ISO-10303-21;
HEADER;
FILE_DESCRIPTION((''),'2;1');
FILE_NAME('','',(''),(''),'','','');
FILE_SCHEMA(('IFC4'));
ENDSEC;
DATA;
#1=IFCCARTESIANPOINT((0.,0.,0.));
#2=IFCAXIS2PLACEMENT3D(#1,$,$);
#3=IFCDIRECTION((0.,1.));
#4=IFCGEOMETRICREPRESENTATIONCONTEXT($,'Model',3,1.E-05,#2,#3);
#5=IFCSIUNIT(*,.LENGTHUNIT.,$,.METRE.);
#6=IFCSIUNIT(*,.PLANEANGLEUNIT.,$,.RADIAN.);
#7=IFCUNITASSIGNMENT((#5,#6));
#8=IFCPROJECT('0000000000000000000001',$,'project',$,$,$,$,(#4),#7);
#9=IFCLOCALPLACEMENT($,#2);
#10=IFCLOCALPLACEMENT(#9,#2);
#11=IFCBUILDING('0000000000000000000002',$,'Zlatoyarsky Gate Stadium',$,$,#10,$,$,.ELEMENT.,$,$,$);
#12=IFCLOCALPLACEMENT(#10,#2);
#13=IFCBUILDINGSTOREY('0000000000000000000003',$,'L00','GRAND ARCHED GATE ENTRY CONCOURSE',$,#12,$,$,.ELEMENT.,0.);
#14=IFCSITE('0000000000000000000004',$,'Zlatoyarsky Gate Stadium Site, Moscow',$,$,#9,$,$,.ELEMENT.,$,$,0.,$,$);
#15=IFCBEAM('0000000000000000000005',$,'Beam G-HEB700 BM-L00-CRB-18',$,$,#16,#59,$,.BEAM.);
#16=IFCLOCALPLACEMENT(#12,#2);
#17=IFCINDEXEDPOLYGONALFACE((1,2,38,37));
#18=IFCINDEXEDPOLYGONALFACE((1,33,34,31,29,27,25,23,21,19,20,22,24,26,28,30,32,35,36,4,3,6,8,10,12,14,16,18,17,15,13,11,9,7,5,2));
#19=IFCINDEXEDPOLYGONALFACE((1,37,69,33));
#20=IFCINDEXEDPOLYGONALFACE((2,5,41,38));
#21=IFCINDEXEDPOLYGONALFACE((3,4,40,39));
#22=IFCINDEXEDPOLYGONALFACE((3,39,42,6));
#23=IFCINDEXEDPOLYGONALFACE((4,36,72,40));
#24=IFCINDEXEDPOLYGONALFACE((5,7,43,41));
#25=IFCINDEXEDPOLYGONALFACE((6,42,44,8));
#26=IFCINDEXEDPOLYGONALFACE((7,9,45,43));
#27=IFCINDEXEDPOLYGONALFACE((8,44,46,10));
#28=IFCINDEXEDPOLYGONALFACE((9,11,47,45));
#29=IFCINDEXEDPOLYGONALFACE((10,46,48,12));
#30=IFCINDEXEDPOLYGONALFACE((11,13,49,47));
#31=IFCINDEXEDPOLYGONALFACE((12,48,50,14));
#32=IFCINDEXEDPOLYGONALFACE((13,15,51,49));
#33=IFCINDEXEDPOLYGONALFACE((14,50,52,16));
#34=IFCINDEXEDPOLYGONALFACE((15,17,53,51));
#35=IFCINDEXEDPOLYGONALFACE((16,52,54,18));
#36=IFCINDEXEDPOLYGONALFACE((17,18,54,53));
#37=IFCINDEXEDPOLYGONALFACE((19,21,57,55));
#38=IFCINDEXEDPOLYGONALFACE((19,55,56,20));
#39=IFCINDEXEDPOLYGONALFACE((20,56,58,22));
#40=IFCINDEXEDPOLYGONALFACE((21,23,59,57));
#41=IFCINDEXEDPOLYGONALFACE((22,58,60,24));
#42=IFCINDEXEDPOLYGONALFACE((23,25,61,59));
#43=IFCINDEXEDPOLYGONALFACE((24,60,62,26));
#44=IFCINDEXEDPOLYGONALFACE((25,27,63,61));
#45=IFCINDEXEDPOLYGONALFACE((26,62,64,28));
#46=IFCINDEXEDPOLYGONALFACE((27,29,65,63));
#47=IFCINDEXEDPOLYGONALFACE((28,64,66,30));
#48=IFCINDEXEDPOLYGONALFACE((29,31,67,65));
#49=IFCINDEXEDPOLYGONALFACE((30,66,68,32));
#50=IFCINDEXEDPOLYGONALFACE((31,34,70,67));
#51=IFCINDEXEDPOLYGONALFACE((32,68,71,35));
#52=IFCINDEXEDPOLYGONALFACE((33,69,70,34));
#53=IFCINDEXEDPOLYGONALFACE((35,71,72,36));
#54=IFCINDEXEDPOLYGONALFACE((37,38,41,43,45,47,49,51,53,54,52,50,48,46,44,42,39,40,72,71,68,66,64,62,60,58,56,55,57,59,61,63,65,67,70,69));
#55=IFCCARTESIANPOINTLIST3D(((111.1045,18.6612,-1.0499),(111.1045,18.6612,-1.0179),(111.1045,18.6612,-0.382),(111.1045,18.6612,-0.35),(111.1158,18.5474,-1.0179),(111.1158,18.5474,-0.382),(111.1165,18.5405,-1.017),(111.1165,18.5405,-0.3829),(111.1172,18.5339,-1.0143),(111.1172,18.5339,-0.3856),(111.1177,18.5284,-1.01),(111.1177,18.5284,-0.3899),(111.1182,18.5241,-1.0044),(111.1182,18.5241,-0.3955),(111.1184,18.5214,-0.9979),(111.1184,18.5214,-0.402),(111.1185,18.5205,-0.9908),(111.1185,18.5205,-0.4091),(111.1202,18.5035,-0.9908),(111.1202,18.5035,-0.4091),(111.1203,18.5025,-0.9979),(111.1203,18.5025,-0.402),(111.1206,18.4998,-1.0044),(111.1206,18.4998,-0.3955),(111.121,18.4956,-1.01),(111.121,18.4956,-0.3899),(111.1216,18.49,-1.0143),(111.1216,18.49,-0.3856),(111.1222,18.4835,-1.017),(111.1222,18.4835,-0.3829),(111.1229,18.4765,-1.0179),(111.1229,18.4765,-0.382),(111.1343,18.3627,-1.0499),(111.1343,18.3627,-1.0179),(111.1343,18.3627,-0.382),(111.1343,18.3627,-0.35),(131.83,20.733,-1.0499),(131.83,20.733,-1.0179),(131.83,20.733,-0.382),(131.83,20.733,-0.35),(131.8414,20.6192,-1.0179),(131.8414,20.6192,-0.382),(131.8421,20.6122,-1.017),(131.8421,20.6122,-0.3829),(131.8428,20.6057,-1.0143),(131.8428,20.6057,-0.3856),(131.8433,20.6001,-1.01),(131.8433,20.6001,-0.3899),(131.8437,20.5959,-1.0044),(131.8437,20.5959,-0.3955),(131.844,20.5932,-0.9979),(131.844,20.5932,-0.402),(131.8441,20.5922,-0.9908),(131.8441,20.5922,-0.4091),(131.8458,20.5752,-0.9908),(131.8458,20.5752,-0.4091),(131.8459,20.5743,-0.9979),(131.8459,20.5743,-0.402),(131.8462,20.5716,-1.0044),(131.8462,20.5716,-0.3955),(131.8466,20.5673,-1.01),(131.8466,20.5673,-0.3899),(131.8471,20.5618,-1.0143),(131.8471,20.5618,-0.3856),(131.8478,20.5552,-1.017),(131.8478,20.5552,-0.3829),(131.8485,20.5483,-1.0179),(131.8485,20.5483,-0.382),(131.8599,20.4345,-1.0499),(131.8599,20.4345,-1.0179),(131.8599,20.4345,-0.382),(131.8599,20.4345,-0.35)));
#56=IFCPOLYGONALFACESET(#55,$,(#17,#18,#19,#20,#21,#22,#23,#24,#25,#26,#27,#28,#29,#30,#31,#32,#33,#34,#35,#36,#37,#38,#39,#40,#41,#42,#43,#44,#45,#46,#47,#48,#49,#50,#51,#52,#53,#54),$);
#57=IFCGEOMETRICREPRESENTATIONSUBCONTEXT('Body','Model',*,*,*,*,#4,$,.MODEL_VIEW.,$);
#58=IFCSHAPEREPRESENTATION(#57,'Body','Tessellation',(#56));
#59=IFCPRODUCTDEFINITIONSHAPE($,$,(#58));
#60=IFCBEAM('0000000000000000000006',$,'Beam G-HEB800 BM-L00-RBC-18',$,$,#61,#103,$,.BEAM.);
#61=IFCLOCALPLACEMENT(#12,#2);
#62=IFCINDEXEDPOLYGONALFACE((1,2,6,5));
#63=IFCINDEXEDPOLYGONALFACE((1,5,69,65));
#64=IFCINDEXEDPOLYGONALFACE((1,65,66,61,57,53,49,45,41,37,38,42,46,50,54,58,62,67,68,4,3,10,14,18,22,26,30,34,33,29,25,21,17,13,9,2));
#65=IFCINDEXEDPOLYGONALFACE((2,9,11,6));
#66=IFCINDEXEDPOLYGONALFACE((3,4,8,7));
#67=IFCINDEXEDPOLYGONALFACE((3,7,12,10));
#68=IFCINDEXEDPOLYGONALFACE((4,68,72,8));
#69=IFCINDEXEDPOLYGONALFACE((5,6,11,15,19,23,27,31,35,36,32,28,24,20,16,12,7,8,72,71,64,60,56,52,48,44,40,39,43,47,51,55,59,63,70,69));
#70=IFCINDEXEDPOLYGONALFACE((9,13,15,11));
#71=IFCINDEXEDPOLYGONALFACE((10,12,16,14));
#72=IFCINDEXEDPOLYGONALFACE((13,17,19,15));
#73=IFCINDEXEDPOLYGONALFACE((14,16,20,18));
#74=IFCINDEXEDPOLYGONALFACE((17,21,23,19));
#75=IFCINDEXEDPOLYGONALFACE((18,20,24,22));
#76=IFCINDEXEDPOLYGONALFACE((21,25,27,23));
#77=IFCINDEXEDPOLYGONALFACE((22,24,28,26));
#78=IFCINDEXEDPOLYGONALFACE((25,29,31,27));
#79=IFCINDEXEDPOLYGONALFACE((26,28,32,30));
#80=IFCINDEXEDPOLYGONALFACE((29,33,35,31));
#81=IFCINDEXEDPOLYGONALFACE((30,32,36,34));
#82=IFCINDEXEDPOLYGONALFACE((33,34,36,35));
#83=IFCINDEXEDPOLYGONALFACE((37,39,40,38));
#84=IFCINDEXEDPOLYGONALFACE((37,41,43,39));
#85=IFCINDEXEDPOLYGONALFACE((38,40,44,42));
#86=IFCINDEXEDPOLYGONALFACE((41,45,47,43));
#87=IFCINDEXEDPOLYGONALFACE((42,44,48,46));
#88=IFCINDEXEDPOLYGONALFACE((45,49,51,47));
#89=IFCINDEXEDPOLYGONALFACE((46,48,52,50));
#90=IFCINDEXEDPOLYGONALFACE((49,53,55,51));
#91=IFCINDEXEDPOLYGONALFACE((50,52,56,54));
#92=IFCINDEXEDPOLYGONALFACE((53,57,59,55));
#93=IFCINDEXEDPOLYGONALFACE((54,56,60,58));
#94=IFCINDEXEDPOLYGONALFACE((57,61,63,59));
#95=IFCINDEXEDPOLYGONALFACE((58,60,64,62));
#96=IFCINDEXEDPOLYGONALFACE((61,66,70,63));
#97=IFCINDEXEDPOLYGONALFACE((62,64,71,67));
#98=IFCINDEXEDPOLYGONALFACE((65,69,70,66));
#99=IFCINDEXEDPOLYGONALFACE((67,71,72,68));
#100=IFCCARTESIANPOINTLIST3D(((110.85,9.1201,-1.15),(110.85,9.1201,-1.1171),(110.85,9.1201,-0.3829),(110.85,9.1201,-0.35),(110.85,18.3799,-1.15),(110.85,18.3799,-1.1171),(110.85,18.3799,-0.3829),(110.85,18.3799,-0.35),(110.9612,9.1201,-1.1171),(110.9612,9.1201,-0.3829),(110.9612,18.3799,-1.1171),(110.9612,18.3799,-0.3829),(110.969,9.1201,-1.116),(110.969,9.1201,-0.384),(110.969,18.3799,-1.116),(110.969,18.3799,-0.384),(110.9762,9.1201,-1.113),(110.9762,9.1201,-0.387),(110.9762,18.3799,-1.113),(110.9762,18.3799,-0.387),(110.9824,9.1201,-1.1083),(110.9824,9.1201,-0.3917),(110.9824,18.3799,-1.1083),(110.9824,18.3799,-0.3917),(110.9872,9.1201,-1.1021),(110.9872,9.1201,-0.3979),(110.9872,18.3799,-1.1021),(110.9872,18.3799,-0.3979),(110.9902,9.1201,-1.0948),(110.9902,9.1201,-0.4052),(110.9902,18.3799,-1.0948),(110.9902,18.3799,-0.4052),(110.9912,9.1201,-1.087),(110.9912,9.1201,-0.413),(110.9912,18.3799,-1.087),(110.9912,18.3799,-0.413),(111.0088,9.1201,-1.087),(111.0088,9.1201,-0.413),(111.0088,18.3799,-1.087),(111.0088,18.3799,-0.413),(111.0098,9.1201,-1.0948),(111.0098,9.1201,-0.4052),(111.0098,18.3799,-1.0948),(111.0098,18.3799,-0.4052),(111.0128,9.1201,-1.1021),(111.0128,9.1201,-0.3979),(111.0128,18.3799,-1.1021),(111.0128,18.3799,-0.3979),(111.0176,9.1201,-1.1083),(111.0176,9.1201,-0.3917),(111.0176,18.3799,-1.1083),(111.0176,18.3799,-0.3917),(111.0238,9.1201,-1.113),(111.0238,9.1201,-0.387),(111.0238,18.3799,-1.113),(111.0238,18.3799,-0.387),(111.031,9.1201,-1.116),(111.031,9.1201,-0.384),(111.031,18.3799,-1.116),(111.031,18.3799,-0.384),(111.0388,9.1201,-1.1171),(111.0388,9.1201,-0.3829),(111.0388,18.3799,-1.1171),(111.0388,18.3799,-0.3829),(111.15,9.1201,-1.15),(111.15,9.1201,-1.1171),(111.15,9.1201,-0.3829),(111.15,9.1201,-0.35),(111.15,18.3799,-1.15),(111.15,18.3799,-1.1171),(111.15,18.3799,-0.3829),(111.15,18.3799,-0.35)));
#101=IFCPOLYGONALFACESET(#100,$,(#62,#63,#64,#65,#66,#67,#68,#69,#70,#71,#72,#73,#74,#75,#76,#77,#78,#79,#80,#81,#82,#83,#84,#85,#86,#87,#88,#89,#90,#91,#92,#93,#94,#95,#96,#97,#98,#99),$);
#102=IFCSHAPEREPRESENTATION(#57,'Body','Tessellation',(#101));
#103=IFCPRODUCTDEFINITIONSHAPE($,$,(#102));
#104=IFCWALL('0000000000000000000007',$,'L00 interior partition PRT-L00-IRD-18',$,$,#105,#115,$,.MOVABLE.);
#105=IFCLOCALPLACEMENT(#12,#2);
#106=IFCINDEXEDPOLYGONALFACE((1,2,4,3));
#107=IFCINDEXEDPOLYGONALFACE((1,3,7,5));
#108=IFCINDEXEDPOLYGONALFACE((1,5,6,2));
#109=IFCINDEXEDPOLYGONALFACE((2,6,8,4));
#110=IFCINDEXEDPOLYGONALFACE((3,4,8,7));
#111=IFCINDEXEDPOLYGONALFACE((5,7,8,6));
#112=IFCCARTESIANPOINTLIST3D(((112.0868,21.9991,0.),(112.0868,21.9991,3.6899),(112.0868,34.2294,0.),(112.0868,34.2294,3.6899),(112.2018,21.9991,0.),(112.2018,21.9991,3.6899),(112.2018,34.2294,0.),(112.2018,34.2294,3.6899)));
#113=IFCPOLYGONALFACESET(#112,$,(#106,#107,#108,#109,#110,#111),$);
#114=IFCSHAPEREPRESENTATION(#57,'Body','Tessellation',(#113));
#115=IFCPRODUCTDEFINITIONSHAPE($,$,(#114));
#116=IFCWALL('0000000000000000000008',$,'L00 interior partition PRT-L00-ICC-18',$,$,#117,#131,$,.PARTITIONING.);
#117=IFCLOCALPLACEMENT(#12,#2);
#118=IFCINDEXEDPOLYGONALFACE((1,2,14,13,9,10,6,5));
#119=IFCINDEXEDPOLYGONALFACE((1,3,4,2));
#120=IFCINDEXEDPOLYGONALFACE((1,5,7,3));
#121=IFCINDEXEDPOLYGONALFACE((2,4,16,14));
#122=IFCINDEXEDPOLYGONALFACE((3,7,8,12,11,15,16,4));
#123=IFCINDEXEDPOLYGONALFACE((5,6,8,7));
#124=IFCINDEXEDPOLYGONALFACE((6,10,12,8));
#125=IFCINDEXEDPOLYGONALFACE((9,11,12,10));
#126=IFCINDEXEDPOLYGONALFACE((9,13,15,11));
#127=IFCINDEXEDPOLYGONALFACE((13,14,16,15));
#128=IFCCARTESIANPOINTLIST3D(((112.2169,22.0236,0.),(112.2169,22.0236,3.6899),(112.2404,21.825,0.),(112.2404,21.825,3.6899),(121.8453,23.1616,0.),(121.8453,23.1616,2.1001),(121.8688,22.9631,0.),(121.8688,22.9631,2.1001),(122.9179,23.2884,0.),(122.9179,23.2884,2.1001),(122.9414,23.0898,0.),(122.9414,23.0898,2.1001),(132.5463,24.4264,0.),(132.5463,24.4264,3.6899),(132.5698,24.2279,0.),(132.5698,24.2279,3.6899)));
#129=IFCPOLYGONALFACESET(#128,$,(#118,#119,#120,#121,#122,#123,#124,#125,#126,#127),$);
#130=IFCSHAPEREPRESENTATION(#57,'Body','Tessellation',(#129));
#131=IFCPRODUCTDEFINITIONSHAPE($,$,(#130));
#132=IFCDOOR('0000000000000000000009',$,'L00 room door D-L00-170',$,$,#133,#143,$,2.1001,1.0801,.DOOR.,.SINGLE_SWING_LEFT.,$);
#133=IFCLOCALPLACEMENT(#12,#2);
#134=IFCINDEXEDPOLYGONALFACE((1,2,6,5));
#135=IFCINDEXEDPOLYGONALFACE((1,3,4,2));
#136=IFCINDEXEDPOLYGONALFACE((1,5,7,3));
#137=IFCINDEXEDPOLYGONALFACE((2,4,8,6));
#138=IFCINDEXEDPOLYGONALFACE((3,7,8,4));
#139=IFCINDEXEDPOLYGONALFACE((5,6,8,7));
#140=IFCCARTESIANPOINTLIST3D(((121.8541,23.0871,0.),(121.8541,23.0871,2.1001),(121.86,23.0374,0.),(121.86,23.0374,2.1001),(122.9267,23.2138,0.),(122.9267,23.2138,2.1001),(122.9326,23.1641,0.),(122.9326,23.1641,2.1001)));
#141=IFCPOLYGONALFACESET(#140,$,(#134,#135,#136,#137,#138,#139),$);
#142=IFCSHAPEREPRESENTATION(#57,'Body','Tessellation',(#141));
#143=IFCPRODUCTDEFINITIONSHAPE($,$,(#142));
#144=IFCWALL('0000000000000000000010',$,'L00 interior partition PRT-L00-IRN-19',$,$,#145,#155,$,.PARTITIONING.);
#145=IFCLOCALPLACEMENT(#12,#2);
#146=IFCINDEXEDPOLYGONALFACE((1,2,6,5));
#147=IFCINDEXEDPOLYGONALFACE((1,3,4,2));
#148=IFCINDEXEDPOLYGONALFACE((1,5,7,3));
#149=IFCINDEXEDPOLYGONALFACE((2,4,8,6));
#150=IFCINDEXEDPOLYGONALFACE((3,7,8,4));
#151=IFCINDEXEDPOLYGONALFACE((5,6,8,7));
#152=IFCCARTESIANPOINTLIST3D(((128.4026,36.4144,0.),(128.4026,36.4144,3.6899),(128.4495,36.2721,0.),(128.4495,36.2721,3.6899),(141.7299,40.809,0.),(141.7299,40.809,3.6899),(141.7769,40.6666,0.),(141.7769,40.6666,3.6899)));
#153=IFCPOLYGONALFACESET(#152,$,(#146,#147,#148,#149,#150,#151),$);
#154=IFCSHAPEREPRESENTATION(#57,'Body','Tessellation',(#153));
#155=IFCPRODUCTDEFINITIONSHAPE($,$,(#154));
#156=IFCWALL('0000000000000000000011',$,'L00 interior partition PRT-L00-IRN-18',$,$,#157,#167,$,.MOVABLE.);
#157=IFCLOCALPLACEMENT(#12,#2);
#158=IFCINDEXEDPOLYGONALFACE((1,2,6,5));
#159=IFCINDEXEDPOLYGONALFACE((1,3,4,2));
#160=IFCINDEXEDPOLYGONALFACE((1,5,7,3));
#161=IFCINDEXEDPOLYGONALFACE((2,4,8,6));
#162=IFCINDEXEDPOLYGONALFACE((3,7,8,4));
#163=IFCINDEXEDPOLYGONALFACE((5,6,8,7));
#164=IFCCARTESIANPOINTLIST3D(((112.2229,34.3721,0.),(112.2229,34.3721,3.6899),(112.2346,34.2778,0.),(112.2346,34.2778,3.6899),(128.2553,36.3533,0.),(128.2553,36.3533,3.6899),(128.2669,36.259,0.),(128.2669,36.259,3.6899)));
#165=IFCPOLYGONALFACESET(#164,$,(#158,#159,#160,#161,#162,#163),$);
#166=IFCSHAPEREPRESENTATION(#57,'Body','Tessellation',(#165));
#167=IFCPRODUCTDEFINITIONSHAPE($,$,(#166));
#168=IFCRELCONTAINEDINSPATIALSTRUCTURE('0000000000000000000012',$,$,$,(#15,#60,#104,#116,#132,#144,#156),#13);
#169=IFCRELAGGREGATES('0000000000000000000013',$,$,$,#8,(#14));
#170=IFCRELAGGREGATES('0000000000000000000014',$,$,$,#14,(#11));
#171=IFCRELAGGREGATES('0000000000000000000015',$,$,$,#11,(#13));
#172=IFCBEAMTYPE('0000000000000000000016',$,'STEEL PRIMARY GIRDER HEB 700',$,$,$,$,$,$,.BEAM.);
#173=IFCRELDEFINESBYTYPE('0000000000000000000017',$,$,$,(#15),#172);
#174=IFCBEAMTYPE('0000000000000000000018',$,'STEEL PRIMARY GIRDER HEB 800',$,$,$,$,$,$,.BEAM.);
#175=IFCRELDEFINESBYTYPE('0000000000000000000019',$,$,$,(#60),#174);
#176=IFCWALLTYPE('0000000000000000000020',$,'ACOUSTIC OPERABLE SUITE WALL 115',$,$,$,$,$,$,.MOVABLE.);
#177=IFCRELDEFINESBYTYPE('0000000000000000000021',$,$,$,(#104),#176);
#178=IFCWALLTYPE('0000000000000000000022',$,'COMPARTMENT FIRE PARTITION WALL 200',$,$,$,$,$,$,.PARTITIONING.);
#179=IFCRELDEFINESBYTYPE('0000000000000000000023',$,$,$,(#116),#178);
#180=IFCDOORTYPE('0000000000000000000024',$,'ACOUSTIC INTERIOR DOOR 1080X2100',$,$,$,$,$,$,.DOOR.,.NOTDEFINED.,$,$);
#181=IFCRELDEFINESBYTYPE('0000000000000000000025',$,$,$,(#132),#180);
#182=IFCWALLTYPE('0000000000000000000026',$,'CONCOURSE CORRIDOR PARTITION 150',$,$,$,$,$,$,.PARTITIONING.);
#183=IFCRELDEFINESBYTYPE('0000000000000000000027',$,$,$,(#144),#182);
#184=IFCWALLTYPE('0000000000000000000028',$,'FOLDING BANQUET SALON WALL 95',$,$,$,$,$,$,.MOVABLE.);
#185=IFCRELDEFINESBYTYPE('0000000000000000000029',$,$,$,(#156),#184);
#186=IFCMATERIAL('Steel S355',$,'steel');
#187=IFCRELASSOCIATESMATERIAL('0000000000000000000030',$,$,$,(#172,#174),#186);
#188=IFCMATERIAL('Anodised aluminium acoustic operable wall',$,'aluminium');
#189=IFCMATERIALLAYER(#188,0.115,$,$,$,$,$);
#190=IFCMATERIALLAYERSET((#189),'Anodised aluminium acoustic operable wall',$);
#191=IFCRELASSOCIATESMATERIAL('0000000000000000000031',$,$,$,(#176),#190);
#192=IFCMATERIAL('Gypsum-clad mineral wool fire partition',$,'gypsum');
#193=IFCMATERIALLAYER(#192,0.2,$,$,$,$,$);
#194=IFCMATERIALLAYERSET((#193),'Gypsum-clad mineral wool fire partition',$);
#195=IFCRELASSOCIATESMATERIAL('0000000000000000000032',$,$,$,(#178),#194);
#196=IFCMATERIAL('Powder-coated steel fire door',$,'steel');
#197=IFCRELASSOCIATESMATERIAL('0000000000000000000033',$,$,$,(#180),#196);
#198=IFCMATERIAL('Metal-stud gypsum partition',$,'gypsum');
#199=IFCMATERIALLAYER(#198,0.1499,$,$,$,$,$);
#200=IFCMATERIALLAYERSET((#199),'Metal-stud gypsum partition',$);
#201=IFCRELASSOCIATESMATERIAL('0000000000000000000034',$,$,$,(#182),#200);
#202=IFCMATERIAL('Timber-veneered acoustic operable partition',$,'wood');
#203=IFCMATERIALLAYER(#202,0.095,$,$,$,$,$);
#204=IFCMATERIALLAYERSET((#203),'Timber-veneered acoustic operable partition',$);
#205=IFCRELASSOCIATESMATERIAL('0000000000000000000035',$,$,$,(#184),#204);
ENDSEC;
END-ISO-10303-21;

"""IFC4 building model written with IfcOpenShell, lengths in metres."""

from ifc_helpers import new_model, si_unit, direction, frame, frame_2d, origin, origin_2d, place, context, subcontext, project, spatial, rectangle, i_section, extrude, material, layer, layer_set, material_profile, profile_set, type_object, element, fill, save


model = new_model("IFC4")

# Units and contexts
model_context = context("Model", 3, precision=1e-05, world=origin(), true_north=direction((0.0, 1.0)))
body_context = subcontext(model_context, "Body", "Model", "MODEL_VIEW")
ifc_project = project(units=[si_unit("LENGTHUNIT", "METRE"), si_unit("PLANEANGLEUNIT", "RADIAN")], contexts=[model_context])

# Site, building, storey
site_placement = place(None, origin())
site = spatial("IfcSite", under=ifc_project, at=site_placement, Name="Zlatoyarsky Gate Stadium Site, Moscow", CompositionType="ELEMENT", RefElevation=0.0)
building_placement = place(site_placement, origin())
building = spatial("IfcBuilding", under=site, at=building_placement, Name="Zlatoyarsky Gate Stadium", CompositionType="ELEMENT")
storey_placement = place(building_placement, origin())
storey = spatial("IfcBuildingStorey", under=building, at=storey_placement, Name="L00", Description="GRAND ARCHED GATE ENTRY CONCOURSE", CompositionType="ELEMENT", Elevation=0.0)

# Beams
ifc_material_1 = material(Name="Steel S355", Category="steel")
ifc_material_profile_1 = material_profile(ifc_material_1, i_section(OverallWidth=0.3, OverallDepth=0.7, WebThickness=0.0171, FlangeThickness=0.032, FilletRadius=0.0271, at=origin_2d()), Name="HEB 700")
ifc_profile_set_1 = profile_set([ifc_material_profile_1], Name="Steel S355")
beam_type_1 = type_object("IfcBeamType", Name="STEEL PRIMARY GIRDER HEB 700", PredefinedType="BEAM", material=ifc_profile_set_1)
beam_1_placement = place(storey_placement, frame((111.1194, 18.512, -0.7), z_axis=(0.995041, 0.099467, 0.0), x_axis=(-0.099467, 0.995041, 0.0)))
element("IfcBeam", 1, at=beam_1_placement, inside=storey, type_object=beam_type_1, Name="Beam G-HEB700 BM-L00-CRB-18", PredefinedType="BEAM", context=body_context, shape_type="SweptSolid", body=[
    extrude(i_section(OverallWidth=0.3, OverallDepth=0.7, WebThickness=0.0171, FlangeThickness=0.032, FilletRadius=0.0271, at=origin_2d()), origin(), (0.0, 0.0, 1.0), 20.8289),
])
ifc_material_profile_2 = material_profile(ifc_material_1, i_section(OverallWidth=0.3, OverallDepth=0.8, WebThickness=0.0176, FlangeThickness=0.033, FilletRadius=0.03, at=origin_2d()), Name="HEB 800")
ifc_profile_set_2 = profile_set([ifc_material_profile_2], Name="Steel S355")
beam_type_2 = type_object("IfcBeamType", Name="STEEL PRIMARY GIRDER HEB 800", PredefinedType="BEAM", material=ifc_profile_set_2)
beam_2_placement = place(storey_placement, frame((111.0, 18.3799, -0.75), z_axis=(0.0, -1.0, 0.0), x_axis=(1.0, 0.0, 0.0)))
element("IfcBeam", 2, at=beam_2_placement, inside=storey, type_object=beam_type_2, Name="Beam G-HEB800 BM-L00-RBC-18", PredefinedType="BEAM", context=body_context, shape_type="SweptSolid", body=[
    extrude(i_section(OverallWidth=0.3, OverallDepth=0.8, WebThickness=0.0176, FlangeThickness=0.033, FilletRadius=0.03, at=origin_2d()), origin(), (0.0, 0.0, 1.0), 9.2598),
])

# Wall
ifc_material_2 = material(Name="Anodised aluminium acoustic operable wall", Category="aluminium")
ifc_layer_1 = layer(ifc_material_2, 0.115)
ifc_layer_set_1 = layer_set([ifc_layer_1], Name="Anodised aluminium acoustic operable wall")
wall_type_1 = type_object("IfcWallType", Name="ACOUSTIC OPERABLE SUITE WALL 115", PredefinedType="MOVABLE", material=ifc_layer_set_1)
wall_1_placement = place(storey_placement, frame((112.1443, 34.2295, 0.0), z_axis=(0.0, 0.0, 1.0), x_axis=(0.0, -1.0, 0.0)))
element("IfcWall", 3, at=wall_1_placement, inside=storey, type_object=wall_type_1, Name="L00 interior partition PRT-L00-IRD-18", PredefinedType="MOVABLE", context=body_context, shape_type="SweptSolid", body=[
    extrude(rectangle(XDim=12.2302, YDim=0.115, at=frame_2d((6.1152, 0.0))), origin(), (0.0, 0.0, 1.0), 3.6899),
])

# Wall, opening, door
ifc_material_3 = material(Name="Gypsum-clad mineral wool fire partition", Category="gypsum")
ifc_layer_2 = layer(ifc_material_3, 0.2)
ifc_layer_set_2 = layer_set([ifc_layer_2], Name="Gypsum-clad mineral wool fire partition")
wall_type_2 = type_object("IfcWallType", Name="COMPARTMENT FIRE PARTITION WALL 200", PredefinedType="PARTITIONING", material=ifc_layer_set_2)
wall_2_placement = place(storey_placement, frame((112.2288, 21.9243, 0.0), z_axis=(0.0, 0.0, 1.0), x_axis=(0.993087, 0.117378, 0.0)))
wall_2 = element("IfcWall", 4, at=wall_2_placement, inside=storey, type_object=wall_type_2, Name="L00 interior partition PRT-L00-ICC-18", PredefinedType="PARTITIONING", context=body_context, shape_type="SweptSolid", body=[
    extrude(rectangle(XDim=20.4709, YDim=0.2, at=frame_2d((10.2354, 0.0))), origin(), (0.0, 0.0, 1.0), 3.6899),
])
opening_placement = place(wall_2_placement, frame((9.6953, 0.0, 0.0)))
opening = element("IfcOpeningElement", 5, at=opening_placement, cuts=wall_2, PredefinedType="OPENING", context=body_context, shape_type="SweptSolid", body=[
    extrude(rectangle(XDim=1.0801, YDim=2.1001, at=frame_2d((0.54, 1.05))), frame((0.0, 0.1099, 0.0), z_axis=(0.0, -1.0, 0.0), x_axis=(1.0, 0.0, 0.0)), (0.0, 0.0, 1.0), 0.22),
])
ifc_material_4 = material(Name="Powder-coated steel fire door", Category="steel")
door_type = type_object("IfcDoorType", Name="ACOUSTIC INTERIOR DOOR 1080X2100", OperationType="NOTDEFINED", PredefinedType="DOOR", material=ifc_material_4)
door_placement = place(opening_placement, origin())
door = element("IfcDoor", 6, at=door_placement, inside=storey, type_object=door_type, Name="L00 room door D-L00-170", OperationType="SINGLE_SWING_LEFT", OverallHeight=2.1001, OverallWidth=1.0801, PredefinedType="DOOR", context=body_context, shape_type="SweptSolid", body=[
    extrude(rectangle(XDim=1.0801, YDim=2.1001, at=frame_2d((0.54, 1.05))), frame((0.0, 0.0249, 0.0), z_axis=(0.0, -1.0, 0.0), x_axis=(1.0, 0.0, 0.0)), (0.0, 0.0, 1.0), 0.05),
])
fill(opening, door)

# Walls
ifc_material_5 = material(Name="Metal-stud gypsum partition", Category="gypsum")
ifc_layer_3 = layer(ifc_material_5, 0.1499)
ifc_layer_set_3 = layer_set([ifc_layer_3], Name="Metal-stud gypsum partition")
wall_type_3 = type_object("IfcWallType", Name="CONCOURSE CORRIDOR PARTITION 150", PredefinedType="PARTITIONING", material=ifc_layer_set_3)
wall_3_placement = place(storey_placement, frame((128.426, 36.3433, 0.0), z_axis=(0.0, 0.0, 1.0), x_axis=(0.949703, 0.313152, 0.0)))
element("IfcWall", 7, at=wall_3_placement, inside=storey, type_object=wall_type_3, Name="L00 interior partition PRT-L00-IRN-19", PredefinedType="PARTITIONING", context=body_context, shape_type="SweptSolid", body=[
    extrude(rectangle(XDim=14.0332, YDim=0.1499, at=frame_2d((7.0166, 0.0))), origin(), (0.0, 0.0, 1.0), 3.6899),
])
ifc_material_6 = material(Name="Timber-veneered acoustic operable partition", Category="wood")
ifc_layer_4 = layer(ifc_material_6, 0.095)
ifc_layer_set_4 = layer_set([ifc_layer_4], Name="Timber-veneered acoustic operable partition")
wall_type_4 = type_object("IfcWallType", Name="FOLDING BANQUET SALON WALL 95", PredefinedType="MOVABLE", material=ifc_layer_set_4)
wall_4_placement = place(storey_placement, frame((112.2288, 34.325, 0.0), z_axis=(0.0, 0.0, 1.0), x_axis=(0.992451, 0.122643, 0.0)))
element("IfcWall", 8, at=wall_4_placement, inside=storey, type_object=wall_type_4, Name="L00 interior partition PRT-L00-IRN-18", PredefinedType="MOVABLE", context=body_context, shape_type="SweptSolid", body=[
    extrude(rectangle(XDim=16.1543, YDim=0.095, at=frame_2d((8.0771, 0.0))), origin(), (0.0, 0.0, 1.0), 3.6899),
])

save(model, "model.ifc")
